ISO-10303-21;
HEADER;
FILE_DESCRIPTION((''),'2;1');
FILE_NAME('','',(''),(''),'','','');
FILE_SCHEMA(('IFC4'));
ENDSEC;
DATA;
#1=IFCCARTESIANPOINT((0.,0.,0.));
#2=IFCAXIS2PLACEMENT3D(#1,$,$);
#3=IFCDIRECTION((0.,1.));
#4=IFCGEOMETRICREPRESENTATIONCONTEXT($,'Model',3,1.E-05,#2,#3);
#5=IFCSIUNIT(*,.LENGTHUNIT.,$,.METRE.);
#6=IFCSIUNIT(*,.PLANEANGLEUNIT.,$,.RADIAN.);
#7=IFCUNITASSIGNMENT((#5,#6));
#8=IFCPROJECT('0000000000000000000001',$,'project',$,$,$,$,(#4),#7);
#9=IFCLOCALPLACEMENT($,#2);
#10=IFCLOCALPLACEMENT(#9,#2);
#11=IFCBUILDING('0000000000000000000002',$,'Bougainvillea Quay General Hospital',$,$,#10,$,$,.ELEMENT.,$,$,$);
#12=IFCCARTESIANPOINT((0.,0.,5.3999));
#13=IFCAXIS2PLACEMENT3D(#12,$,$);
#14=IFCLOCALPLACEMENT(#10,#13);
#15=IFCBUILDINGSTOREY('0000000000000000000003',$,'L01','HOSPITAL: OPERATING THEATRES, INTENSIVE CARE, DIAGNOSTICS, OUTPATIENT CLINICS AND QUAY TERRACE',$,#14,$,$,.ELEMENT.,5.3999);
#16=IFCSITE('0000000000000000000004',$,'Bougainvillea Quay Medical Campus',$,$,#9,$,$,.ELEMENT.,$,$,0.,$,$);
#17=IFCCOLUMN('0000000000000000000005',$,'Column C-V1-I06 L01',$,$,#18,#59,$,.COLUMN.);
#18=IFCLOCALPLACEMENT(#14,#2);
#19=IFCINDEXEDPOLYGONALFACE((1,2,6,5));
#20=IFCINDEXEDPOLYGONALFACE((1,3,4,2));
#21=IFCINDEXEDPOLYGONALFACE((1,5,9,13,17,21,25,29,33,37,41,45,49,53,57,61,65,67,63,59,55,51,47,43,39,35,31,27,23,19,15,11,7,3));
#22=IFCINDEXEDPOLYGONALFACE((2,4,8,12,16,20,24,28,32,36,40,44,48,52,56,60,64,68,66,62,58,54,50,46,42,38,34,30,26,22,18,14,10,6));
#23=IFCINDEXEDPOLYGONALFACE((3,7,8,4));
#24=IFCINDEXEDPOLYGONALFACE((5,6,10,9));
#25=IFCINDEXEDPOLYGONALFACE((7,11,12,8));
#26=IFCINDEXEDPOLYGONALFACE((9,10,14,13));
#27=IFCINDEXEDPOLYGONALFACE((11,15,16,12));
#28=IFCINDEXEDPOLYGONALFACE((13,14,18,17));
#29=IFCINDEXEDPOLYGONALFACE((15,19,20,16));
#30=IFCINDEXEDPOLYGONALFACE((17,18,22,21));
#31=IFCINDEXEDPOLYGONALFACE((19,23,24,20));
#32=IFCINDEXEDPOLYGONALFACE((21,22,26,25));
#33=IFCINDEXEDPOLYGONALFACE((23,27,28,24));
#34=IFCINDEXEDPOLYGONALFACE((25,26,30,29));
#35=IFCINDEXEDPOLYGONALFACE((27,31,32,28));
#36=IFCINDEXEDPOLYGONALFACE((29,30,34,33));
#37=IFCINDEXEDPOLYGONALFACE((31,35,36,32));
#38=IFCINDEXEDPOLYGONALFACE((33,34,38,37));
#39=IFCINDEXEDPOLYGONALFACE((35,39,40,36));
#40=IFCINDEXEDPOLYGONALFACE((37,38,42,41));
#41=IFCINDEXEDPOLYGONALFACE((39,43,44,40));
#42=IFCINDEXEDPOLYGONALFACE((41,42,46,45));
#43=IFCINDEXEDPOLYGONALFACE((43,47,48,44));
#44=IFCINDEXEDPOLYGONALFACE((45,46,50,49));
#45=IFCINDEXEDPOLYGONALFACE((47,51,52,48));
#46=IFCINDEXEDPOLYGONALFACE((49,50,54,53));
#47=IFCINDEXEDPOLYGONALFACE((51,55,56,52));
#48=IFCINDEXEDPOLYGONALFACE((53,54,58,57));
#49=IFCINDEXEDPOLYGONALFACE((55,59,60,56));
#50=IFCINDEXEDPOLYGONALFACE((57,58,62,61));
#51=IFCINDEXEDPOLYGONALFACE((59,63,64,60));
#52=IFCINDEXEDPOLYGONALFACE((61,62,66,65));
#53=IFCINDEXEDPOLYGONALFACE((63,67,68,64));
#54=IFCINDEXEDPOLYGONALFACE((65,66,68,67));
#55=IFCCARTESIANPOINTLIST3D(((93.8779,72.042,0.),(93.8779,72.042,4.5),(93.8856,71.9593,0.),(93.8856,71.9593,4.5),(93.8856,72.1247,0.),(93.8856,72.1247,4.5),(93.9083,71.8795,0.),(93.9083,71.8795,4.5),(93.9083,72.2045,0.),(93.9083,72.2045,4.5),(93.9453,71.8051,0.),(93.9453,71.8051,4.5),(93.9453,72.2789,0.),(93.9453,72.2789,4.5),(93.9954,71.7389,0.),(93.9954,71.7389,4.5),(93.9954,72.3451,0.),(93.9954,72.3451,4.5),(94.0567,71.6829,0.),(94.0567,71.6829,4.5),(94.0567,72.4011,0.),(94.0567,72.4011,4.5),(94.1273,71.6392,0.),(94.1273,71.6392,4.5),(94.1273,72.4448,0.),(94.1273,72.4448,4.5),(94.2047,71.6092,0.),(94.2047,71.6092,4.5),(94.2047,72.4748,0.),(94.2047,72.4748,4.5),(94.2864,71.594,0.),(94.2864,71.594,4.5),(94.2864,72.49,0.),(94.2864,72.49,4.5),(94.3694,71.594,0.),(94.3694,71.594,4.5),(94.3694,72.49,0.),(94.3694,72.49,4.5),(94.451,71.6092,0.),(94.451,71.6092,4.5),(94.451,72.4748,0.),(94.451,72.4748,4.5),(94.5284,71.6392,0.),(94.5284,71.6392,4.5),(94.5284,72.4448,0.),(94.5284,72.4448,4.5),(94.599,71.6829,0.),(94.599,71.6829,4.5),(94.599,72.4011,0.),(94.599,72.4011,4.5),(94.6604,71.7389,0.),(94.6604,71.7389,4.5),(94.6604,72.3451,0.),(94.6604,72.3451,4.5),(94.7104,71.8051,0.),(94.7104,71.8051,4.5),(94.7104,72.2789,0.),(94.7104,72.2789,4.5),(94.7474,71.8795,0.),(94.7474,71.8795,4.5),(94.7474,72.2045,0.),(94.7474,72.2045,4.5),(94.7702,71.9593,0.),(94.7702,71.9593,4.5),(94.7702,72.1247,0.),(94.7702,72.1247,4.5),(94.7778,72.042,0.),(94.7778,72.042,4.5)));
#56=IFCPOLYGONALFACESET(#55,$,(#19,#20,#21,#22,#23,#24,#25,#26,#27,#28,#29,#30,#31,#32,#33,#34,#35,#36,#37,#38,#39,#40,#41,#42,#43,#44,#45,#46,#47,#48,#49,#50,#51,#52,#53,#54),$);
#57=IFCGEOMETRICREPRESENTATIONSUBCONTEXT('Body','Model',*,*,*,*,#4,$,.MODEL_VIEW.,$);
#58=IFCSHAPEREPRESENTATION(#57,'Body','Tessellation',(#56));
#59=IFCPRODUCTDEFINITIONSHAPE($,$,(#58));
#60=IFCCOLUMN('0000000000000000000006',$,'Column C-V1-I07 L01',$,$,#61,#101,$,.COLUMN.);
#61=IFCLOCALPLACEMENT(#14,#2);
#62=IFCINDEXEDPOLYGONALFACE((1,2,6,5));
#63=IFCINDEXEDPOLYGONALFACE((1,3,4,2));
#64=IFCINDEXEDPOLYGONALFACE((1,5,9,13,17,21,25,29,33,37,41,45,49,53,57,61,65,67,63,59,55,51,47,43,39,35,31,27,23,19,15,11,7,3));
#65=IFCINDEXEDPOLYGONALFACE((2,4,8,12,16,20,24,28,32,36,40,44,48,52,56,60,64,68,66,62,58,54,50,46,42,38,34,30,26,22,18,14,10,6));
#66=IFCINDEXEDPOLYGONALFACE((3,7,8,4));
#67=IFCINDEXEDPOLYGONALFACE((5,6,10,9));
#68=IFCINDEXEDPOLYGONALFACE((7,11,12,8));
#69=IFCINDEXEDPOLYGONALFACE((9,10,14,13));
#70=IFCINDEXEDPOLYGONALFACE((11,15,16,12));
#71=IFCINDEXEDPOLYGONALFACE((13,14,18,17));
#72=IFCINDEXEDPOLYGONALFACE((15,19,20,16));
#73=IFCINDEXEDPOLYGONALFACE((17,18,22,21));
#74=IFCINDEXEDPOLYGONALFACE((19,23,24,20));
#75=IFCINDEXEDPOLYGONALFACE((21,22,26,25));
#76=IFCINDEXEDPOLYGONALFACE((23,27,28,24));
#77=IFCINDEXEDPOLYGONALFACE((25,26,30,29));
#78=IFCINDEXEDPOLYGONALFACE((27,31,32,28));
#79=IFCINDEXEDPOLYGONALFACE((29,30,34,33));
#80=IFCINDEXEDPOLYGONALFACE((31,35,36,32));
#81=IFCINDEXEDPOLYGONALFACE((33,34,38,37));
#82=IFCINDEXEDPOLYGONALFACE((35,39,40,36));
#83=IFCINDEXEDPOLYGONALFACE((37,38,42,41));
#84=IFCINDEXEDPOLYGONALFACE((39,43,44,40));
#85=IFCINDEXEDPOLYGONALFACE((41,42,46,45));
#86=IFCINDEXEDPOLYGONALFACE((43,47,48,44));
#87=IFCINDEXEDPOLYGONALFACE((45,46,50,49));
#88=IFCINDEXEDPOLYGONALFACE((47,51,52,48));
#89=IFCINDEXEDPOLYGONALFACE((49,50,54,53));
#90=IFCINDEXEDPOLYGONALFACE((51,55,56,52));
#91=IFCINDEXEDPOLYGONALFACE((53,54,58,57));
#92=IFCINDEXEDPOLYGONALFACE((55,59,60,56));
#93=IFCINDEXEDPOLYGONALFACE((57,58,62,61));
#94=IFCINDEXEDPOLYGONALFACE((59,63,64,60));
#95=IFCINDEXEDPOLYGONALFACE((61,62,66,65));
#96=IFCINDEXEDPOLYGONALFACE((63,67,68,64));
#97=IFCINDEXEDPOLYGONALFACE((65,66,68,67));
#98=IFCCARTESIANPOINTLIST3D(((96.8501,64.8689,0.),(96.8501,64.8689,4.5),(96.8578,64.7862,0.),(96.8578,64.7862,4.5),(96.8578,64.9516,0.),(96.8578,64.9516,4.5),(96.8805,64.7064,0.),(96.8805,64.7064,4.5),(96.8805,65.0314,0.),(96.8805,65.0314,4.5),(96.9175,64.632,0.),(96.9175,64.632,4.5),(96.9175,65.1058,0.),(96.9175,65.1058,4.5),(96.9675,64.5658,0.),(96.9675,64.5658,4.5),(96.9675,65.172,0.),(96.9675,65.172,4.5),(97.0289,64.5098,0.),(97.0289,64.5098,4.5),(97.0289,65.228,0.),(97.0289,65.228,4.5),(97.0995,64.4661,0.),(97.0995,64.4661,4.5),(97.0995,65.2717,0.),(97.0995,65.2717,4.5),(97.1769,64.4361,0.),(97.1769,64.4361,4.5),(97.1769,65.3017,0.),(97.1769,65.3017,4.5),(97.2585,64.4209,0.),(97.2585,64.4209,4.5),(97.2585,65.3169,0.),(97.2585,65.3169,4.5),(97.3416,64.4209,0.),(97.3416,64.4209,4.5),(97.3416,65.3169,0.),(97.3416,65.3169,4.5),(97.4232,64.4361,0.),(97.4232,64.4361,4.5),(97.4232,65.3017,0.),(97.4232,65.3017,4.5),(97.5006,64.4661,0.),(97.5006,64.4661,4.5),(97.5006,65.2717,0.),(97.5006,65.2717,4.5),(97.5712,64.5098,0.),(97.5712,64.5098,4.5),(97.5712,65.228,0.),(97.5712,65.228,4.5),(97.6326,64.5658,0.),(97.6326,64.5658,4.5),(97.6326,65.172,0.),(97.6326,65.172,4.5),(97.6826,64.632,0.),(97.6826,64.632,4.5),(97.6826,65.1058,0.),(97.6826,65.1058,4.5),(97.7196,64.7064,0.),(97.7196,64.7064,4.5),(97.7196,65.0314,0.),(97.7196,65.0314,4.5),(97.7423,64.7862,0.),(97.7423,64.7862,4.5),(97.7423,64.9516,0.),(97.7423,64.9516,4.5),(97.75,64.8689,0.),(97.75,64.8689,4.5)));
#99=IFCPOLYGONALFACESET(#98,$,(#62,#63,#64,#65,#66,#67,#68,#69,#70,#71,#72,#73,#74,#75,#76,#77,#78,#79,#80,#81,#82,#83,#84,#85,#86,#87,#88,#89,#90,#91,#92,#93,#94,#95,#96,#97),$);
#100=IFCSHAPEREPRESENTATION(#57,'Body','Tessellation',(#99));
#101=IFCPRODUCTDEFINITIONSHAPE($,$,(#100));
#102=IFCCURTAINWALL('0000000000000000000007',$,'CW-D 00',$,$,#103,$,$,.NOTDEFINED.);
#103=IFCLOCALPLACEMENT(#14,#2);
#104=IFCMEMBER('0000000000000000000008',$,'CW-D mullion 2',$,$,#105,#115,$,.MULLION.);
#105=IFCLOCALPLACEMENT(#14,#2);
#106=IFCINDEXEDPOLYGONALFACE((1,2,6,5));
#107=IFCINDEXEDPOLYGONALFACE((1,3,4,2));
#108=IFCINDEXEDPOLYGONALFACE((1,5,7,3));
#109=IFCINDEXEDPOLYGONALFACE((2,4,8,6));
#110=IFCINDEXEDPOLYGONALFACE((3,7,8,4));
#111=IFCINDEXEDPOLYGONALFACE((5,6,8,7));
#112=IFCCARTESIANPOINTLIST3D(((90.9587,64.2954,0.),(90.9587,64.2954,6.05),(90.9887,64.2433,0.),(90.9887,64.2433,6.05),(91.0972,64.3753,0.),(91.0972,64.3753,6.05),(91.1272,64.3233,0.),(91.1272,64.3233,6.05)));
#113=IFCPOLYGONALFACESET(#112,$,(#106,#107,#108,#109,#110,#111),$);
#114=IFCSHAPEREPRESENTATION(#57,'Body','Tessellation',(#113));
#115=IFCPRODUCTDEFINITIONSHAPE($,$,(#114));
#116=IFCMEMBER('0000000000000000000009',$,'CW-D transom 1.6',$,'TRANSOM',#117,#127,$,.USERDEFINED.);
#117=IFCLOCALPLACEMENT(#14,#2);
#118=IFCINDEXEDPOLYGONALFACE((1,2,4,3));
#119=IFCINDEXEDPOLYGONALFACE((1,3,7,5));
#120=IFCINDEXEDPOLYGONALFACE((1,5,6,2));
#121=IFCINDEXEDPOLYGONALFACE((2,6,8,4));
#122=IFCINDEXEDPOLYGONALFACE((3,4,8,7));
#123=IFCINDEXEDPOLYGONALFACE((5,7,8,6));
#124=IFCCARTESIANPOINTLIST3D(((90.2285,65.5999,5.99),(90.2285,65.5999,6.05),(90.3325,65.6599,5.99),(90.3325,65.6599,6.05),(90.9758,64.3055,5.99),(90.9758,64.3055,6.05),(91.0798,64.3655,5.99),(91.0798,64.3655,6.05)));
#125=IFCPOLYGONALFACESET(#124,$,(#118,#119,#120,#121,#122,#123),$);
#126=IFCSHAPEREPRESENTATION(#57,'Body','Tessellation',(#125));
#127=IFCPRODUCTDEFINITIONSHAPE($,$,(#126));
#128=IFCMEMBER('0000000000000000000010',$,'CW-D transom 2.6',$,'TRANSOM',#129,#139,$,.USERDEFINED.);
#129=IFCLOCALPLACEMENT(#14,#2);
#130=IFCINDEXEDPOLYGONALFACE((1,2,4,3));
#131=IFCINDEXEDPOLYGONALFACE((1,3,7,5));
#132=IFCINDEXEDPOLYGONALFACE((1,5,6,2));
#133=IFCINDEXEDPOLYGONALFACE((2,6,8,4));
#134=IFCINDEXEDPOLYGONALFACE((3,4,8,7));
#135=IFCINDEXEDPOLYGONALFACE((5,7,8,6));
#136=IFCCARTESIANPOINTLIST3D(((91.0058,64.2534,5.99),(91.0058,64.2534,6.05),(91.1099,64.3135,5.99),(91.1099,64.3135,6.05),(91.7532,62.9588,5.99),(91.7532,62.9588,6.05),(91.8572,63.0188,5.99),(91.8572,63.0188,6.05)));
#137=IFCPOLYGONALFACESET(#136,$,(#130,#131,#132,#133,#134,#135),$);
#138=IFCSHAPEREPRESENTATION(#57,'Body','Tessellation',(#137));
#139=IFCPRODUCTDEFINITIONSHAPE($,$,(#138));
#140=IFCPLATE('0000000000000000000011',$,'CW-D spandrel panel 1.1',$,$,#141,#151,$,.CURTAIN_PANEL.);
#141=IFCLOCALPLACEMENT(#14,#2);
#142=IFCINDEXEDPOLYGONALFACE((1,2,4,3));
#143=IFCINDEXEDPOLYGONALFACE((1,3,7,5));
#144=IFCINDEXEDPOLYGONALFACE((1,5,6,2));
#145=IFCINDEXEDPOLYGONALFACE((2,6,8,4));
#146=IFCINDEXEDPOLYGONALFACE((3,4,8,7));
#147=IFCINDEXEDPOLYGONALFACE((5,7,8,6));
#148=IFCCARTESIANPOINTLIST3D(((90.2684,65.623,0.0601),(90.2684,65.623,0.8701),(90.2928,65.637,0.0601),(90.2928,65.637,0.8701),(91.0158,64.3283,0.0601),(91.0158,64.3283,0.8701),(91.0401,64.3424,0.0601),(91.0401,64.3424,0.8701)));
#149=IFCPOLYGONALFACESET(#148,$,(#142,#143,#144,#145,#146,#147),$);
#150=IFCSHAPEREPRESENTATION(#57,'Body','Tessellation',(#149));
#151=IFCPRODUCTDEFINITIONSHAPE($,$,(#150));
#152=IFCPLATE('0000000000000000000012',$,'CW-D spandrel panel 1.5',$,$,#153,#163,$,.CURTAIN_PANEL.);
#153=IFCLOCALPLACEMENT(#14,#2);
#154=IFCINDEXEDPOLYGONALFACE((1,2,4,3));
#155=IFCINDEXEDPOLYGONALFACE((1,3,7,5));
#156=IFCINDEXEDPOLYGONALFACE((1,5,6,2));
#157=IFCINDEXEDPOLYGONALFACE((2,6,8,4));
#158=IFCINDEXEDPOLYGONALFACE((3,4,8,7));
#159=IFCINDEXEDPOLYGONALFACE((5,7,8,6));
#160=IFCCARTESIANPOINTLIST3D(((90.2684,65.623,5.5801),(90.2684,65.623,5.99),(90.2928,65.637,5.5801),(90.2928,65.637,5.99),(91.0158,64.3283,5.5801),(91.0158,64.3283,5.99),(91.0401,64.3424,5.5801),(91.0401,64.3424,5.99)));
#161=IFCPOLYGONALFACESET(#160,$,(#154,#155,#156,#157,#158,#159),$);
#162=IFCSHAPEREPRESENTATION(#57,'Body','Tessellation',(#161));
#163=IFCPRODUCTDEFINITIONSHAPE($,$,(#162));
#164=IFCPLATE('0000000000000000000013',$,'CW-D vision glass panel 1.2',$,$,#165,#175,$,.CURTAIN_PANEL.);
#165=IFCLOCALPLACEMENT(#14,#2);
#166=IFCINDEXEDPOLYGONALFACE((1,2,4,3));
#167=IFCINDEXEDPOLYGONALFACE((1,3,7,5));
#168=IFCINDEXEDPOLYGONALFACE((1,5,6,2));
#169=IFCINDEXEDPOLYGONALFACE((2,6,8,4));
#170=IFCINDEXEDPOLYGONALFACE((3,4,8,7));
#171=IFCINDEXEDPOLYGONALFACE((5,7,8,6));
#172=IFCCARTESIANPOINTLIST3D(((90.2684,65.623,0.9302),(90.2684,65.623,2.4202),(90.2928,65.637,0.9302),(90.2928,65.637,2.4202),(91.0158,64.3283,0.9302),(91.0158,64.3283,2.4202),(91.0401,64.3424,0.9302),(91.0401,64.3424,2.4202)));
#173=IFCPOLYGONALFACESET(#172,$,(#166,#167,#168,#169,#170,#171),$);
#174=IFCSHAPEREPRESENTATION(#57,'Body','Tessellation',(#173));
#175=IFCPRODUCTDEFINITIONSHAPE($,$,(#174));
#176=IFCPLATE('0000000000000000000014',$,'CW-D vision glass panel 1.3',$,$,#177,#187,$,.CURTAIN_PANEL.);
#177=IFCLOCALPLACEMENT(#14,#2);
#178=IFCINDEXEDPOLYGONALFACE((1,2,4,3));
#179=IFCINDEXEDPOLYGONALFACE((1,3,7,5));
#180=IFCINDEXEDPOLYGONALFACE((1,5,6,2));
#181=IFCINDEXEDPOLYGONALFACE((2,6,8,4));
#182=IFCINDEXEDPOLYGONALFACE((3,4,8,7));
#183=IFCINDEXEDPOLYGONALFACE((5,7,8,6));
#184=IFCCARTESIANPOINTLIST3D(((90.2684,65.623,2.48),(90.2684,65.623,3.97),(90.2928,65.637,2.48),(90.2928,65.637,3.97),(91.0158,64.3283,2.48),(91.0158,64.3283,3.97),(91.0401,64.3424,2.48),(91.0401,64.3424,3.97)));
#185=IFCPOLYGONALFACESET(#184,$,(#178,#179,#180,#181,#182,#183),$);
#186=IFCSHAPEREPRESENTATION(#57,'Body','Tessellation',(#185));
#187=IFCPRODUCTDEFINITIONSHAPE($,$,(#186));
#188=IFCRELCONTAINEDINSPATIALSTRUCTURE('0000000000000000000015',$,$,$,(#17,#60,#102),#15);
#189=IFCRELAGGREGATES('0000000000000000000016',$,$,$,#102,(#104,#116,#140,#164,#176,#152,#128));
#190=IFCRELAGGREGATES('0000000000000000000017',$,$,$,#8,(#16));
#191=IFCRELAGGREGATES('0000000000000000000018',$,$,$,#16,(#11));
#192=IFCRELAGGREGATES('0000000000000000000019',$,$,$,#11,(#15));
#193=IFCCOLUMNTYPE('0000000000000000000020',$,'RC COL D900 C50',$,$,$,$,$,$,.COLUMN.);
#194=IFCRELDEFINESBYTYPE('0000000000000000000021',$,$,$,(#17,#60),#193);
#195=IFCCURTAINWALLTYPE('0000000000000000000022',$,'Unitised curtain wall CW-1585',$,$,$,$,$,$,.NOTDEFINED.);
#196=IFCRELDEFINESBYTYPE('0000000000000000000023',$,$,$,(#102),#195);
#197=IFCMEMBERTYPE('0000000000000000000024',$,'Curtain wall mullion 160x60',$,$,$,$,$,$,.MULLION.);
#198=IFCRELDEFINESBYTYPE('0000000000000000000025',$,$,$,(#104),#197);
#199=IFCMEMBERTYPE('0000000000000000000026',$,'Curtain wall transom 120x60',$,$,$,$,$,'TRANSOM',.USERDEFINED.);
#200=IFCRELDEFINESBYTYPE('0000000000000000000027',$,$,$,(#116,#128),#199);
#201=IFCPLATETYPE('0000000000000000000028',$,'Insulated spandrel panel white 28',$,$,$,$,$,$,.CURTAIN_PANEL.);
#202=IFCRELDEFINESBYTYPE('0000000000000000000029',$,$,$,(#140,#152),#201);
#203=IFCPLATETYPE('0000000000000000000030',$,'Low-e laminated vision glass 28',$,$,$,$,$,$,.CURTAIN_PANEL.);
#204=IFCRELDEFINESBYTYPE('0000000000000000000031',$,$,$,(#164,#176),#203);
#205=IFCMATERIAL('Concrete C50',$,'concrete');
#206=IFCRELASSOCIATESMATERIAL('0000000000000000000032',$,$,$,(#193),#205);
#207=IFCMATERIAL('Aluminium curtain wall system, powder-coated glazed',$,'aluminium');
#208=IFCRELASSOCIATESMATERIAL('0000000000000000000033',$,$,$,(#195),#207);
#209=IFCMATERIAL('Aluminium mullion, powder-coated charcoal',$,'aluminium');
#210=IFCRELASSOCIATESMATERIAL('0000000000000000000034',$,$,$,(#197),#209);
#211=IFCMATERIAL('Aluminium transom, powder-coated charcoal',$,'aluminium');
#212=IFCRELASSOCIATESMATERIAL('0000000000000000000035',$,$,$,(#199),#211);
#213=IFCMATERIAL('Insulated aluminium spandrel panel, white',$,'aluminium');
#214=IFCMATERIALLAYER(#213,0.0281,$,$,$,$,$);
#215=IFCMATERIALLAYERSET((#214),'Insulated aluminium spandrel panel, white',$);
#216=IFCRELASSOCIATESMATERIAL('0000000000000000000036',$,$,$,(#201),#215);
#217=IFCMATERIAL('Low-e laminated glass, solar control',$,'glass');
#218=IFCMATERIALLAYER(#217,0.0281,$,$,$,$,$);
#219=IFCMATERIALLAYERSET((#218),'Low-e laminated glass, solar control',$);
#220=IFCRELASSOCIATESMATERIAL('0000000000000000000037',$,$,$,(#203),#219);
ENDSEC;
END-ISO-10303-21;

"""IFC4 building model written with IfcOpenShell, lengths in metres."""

from ifc_helpers import new_model, si_unit, direction, frame, origin, origin_2d, place, context, subcontext, project, spatial, rectangle, circle, extrude, material, layer, layer_set, material_profile, profile_set, type_object, element, aggregate, save


model = new_model("IFC4")

# Units and contexts
model_context = context("Model", 3, precision=1e-05, world=origin(), true_north=direction((0.0, 1.0)))
body_context = subcontext(model_context, "Body", "Model", "MODEL_VIEW")
ifc_project = project(units=[si_unit("LENGTHUNIT", "METRE"), si_unit("PLANEANGLEUNIT", "RADIAN")], contexts=[model_context])

# Site, building, storey
site_placement = place(None, origin())
site = spatial("IfcSite", under=ifc_project, at=site_placement, Name="Bougainvillea Quay Medical Campus", CompositionType="ELEMENT", RefElevation=0.0)
building_placement = place(site_placement, origin())
building = spatial("IfcBuilding", under=site, at=building_placement, Name="Bougainvillea Quay General Hospital", CompositionType="ELEMENT")
storey_placement = place(building_placement, frame((0.0, 0.0, 5.3999)))
storey = spatial("IfcBuildingStorey", under=building, at=storey_placement, Name="L01", Description="HOSPITAL: OPERATING THEATRES, INTENSIVE CARE, DIAGNOSTICS, OUTPATIENT CLINICS AND QUAY TERRACE", CompositionType="ELEMENT", Elevation=5.3999)

# Columns
ifc_material_1 = material(Name="Concrete C50", Category="concrete")
ifc_material_profile_1 = material_profile(ifc_material_1, circle(Radius=0.45, at=origin_2d()))
ifc_profile_set_1 = profile_set([ifc_material_profile_1], Name="Concrete C50")
column_type = type_object("IfcColumnType", Name="RC COL D900 C50", PredefinedType="COLUMN", material=ifc_profile_set_1)
for number, where, z_axis, x_axis, name in (
    (1, (94.3279, 72.042, 0.0), (0.0, 0.0, 1.0), (1.0, 0.0, 0.0), "Column C-V1-I06 L01"),
    (2, (97.3, 64.8689, 0.0), (0.0, 0.0, 1.0), (1.0, 0.0, 0.0), "Column C-V1-I07 L01"),
):
    element("IfcColumn", number, at=place(storey_placement, frame(where, z_axis=z_axis, x_axis=x_axis)), inside=storey, type_object=column_type, Name=name, PredefinedType="COLUMN", context=body_context, shape_type="SweptSolid", body=[
        extrude(circle(Radius=0.45, at=origin_2d()), origin(), (0.0, 0.0, 1.0), 4.5),
    ])

# Curtain wall, members, plates
ifc_material_2 = material(Name="Aluminium curtain wall system, powder-coated glazed", Category="aluminium")
curtain_wall_type = type_object("IfcCurtainWallType", Name="Unitised curtain wall CW-1585", PredefinedType="NOTDEFINED", material=ifc_material_2)
curtain_wall_placement = place(storey_placement, origin())
curtain_wall = element("IfcCurtainWall", 3, at=curtain_wall_placement, inside=storey, type_object=curtain_wall_type, Name="CW-D 00", PredefinedType="NOTDEFINED")
ifc_material_3 = material(Name="Aluminium mullion, powder-coated charcoal", Category="aluminium")
ifc_material_profile_2 = material_profile(ifc_material_3, rectangle(XDim=0.1599, YDim=0.0601, at=origin_2d()))
ifc_profile_set_2 = profile_set([ifc_material_profile_2], Name="Aluminium mullion, powder-coated charcoal")
member_type_1 = type_object("IfcMemberType", Name="Curtain wall mullion 160x60", PredefinedType="MULLION", material=ifc_profile_set_2)
member_1_placement = place(storey_placement, frame((91.043, 64.3093, 0.0), z_axis=(0.0, 0.0, 1.0), x_axis=(0.866046, 0.499965, 0.0)))
member_1 = element("IfcMember", 4, at=member_1_placement, type_object=member_type_1, Name="CW-D mullion 2", PredefinedType="MULLION", context=body_context, shape_type="SweptSolid", body=[
    extrude(rectangle(XDim=0.1599, YDim=0.0601, at=origin_2d()), origin(), (0.0, 0.0, 1.0), 6.05),
])
ifc_material_4 = material(Name="Aluminium transom, powder-coated charcoal", Category="aluminium")
ifc_material_profile_3 = material_profile(ifc_material_4, rectangle(XDim=0.1201, YDim=0.0601, at=origin_2d()))
ifc_profile_set_3 = profile_set([ifc_material_profile_3], Name="Aluminium transom, powder-coated charcoal")
member_type_2 = type_object("IfcMemberType", Name="Curtain wall transom 120x60", ElementType="TRANSOM", PredefinedType="USERDEFINED", material=ifc_profile_set_3)
member_2_placement = place(storey_placement, frame((90.2805, 65.6299, 6.02), z_axis=(0.499986, -0.866033, 0.0), x_axis=(0.866033, 0.499986, 0.0)))
member_2 = element("IfcMember", 5, at=member_2_placement, type_object=member_type_2, Name="CW-D transom 1.6", ObjectType="TRANSOM", PredefinedType="USERDEFINED", context=body_context, shape_type="SweptSolid", body=[
    extrude(rectangle(XDim=0.1201, YDim=0.0601, at=origin_2d()), origin(), (0.0, 0.0, 1.0), 1.4946),
])
member_3_placement = place(storey_placement, frame((91.0579, 64.2834, 6.02), z_axis=(0.499916, -0.866074, 0.0), x_axis=(0.866074, 0.499916, 0.0)))
member_3 = element("IfcMember", 6, at=member_3_placement, type_object=member_type_2, Name="CW-D transom 2.6", ObjectType="TRANSOM", PredefinedType="USERDEFINED", context=body_context, shape_type="SweptSolid", body=[
    extrude(rectangle(XDim=0.1201, YDim=0.0601, at=origin_2d()), origin(), (0.0, 0.0, 1.0), 1.4949),
])
ifc_material_5 = material(Name="Insulated aluminium spandrel panel, white", Category="aluminium")
ifc_layer_1 = layer(ifc_material_5, 0.0281)
ifc_layer_set_1 = layer_set([ifc_layer_1], Name="Insulated aluminium spandrel panel, white")
plate_type_1 = type_object("IfcPlateType", Name="Insulated spandrel panel white 28", PredefinedType="CURTAIN_PANEL", material=ifc_layer_set_1)
plate_1_placement = place(storey_placement, frame((90.6543, 64.9827, 0.0601), z_axis=(0.0, 0.0, 1.0), x_axis=(0.499965, -0.866046, 0.0)))
plate_1 = element("IfcPlate", 7, at=plate_1_placement, type_object=plate_type_1, Name="CW-D spandrel panel 1.1", PredefinedType="CURTAIN_PANEL", context=body_context, shape_type="SweptSolid", body=[
    extrude(rectangle(XDim=1.4949, YDim=0.0281, at=origin_2d()), origin(), (0.0, 0.0, 1.0), 0.8101),
])
plate_2_placement = place(storey_placement, frame((90.6543, 64.9827, 5.5801), z_axis=(0.0, 0.0, 1.0), x_axis=(0.499965, -0.866046, 0.0)))
plate_2 = element("IfcPlate", 8, at=plate_2_placement, type_object=plate_type_1, Name="CW-D spandrel panel 1.5", PredefinedType="CURTAIN_PANEL", context=body_context, shape_type="SweptSolid", body=[
    extrude(rectangle(XDim=1.4949, YDim=0.0281, at=origin_2d()), origin(), (0.0, 0.0, 1.0), 0.4099),
])
ifc_material_6 = material(Name="Low-e laminated glass, solar control", Category="glass")
ifc_layer_2 = layer(ifc_material_6, 0.0281)
ifc_layer_set_2 = layer_set([ifc_layer_2], Name="Low-e laminated glass, solar control")
plate_type_2 = type_object("IfcPlateType", Name="Low-e laminated vision glass 28", PredefinedType="CURTAIN_PANEL", material=ifc_layer_set_2)
plate_3_placement = place(storey_placement, frame((90.6543, 64.9827, 0.9302), z_axis=(0.0, 0.0, 1.0), x_axis=(0.499965, -0.866046, 0.0)))
plate_3 = element("IfcPlate", 9, at=plate_3_placement, type_object=plate_type_2, Name="CW-D vision glass panel 1.2", PredefinedType="CURTAIN_PANEL", context=body_context, shape_type="SweptSolid", body=[
    extrude(rectangle(XDim=1.4949, YDim=0.0281, at=origin_2d()), origin(), (0.0, 0.0, 1.0), 1.49),
])
plate_4_placement = place(storey_placement, frame((90.6543, 64.9827, 2.48), z_axis=(0.0, 0.0, 1.0), x_axis=(0.499965, -0.866046, 0.0)))
plate_4 = element("IfcPlate", 10, at=plate_4_placement, type_object=plate_type_2, Name="CW-D vision glass panel 1.3", PredefinedType="CURTAIN_PANEL", context=body_context, shape_type="SweptSolid", body=[
    extrude(rectangle(XDim=1.4949, YDim=0.0281, at=origin_2d()), origin(), (0.0, 0.0, 1.0), 1.49),
])
aggregate(curtain_wall, [member_1, member_2, plate_1, plate_3, plate_4, plate_2, member_3])

save(model, "model.ifc")
